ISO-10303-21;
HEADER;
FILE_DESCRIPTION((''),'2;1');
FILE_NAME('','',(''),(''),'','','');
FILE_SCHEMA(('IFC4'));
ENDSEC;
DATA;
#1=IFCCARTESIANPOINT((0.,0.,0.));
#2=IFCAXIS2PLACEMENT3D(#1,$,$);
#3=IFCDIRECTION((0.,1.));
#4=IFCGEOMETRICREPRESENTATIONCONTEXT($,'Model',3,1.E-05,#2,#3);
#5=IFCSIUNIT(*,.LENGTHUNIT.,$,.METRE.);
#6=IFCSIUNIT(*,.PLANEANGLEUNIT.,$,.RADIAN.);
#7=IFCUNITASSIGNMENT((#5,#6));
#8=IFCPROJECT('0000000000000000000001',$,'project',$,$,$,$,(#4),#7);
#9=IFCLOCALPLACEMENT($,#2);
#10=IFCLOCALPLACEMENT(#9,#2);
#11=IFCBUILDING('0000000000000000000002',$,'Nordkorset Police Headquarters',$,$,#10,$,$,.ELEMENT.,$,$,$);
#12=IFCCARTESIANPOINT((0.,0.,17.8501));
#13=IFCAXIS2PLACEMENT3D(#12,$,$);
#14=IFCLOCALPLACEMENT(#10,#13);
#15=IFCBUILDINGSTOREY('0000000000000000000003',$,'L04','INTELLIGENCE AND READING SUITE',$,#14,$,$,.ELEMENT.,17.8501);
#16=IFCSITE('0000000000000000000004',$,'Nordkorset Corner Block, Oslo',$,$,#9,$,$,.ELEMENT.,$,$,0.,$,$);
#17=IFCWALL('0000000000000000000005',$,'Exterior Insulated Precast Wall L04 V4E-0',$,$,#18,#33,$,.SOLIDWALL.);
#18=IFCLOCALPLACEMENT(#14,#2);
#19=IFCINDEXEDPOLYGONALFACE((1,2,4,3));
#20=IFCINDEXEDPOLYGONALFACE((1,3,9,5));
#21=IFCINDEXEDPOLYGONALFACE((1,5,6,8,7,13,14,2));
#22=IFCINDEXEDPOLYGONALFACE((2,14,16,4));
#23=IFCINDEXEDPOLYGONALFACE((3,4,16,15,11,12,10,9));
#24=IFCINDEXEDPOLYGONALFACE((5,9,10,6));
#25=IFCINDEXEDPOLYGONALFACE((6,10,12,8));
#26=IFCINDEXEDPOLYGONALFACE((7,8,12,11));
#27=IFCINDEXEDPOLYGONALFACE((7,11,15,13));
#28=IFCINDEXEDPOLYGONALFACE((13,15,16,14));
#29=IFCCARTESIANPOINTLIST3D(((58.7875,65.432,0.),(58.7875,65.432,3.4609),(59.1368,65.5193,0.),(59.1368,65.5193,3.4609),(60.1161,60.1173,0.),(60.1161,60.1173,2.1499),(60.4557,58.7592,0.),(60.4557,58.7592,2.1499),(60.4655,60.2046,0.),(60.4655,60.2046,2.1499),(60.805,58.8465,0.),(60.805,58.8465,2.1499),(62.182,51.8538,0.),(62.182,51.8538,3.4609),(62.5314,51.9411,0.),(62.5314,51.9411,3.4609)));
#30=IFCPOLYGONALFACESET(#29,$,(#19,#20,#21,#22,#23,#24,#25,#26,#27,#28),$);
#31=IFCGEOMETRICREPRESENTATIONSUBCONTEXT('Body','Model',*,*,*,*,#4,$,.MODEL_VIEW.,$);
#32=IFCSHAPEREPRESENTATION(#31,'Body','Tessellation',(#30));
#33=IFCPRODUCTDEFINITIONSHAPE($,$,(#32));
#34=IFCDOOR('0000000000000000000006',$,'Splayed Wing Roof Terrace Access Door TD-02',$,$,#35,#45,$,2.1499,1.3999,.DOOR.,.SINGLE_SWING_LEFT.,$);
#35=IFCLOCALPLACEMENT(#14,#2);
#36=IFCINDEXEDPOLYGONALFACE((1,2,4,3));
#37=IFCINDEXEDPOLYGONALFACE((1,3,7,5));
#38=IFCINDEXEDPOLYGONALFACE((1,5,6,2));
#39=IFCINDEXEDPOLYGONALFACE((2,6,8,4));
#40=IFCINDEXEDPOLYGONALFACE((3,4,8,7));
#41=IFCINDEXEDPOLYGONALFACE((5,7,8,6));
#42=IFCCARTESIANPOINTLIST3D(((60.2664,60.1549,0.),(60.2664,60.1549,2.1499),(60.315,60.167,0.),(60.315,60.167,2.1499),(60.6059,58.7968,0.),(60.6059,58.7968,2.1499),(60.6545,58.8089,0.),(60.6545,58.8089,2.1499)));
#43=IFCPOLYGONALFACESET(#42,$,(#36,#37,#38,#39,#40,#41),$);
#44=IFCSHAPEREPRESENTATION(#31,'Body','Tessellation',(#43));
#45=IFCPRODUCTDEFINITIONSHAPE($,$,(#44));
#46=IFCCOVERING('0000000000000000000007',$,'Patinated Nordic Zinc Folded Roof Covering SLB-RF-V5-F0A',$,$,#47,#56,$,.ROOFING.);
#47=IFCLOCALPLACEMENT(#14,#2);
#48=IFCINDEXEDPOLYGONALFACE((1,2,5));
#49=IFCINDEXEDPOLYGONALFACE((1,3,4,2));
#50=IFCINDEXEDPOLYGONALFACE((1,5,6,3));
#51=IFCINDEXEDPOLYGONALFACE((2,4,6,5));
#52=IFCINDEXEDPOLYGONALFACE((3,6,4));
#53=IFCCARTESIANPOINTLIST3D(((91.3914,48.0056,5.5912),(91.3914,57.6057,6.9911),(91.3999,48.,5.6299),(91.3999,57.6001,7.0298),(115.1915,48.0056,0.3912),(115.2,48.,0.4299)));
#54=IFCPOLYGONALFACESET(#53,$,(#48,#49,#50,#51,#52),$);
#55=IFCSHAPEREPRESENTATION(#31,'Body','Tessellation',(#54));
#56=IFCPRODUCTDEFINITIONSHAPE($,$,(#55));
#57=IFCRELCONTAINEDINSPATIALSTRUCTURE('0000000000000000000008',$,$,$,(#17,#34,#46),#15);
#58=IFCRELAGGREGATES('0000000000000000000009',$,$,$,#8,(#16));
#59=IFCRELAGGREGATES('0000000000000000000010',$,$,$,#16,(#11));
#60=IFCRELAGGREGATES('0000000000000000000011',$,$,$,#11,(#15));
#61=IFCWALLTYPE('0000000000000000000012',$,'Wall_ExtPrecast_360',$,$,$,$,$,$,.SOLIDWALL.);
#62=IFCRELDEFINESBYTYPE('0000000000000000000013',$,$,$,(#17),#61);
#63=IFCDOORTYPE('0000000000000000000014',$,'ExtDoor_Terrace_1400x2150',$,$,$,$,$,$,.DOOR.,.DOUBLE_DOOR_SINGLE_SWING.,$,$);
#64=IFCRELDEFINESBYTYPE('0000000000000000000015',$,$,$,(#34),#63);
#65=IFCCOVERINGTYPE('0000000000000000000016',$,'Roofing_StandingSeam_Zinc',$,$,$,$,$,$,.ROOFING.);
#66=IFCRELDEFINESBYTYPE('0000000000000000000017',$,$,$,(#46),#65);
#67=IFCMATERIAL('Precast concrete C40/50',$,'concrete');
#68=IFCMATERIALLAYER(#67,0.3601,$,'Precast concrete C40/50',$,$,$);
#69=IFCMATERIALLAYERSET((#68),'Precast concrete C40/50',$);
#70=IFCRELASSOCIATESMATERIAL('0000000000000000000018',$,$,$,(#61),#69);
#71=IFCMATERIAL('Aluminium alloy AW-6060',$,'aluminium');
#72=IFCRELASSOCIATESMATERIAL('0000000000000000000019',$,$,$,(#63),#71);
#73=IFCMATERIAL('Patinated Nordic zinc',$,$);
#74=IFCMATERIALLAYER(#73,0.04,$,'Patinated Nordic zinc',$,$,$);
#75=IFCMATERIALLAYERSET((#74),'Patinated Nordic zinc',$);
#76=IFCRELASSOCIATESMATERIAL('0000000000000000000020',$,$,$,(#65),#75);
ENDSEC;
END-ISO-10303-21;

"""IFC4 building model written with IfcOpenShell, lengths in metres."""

from ifc_helpers import new_model, si_unit, direction, frame, frame_2d, origin, place, context, subcontext, project, spatial, polyline, rectangle, outline, extrude, material, layer, layer_set, type_object, element, fill, save


model = new_model("IFC4")

# Units and contexts
model_context = context("Model", 3, precision=1e-05, world=origin(), true_north=direction((0.0, 1.0)))
body_context = subcontext(model_context, "Body", "Model", "MODEL_VIEW")
ifc_project = project(units=[si_unit("LENGTHUNIT", "METRE"), si_unit("PLANEANGLEUNIT", "RADIAN")], contexts=[model_context])

# Site, building, storey
site_placement = place(None, origin())
site = spatial("IfcSite", under=ifc_project, at=site_placement, Name="Nordkorset Corner Block, Oslo", CompositionType="ELEMENT", RefElevation=0.0)
building_placement = place(site_placement, origin())
building = spatial("IfcBuilding", under=site, at=building_placement, Name="Nordkorset Police Headquarters", CompositionType="ELEMENT")
storey_placement = place(building_placement, frame((0.0, 0.0, 17.8501)))
storey = spatial("IfcBuildingStorey", under=building, at=storey_placement, Name="L04", Description="INTELLIGENCE AND READING SUITE", CompositionType="ELEMENT", Elevation=17.8501)

# Wall, opening, door
ifc_material_1 = material(Name="Precast concrete C40/50", Category="concrete")
ifc_layer_1 = layer(ifc_material_1, 0.3601, Name="Precast concrete C40/50")
ifc_layer_set_1 = layer_set([ifc_layer_1], Name="Precast concrete C40/50")
wall_type = type_object("IfcWallType", Name="Wall_ExtPrecast_360", PredefinedType="SOLIDWALL", material=ifc_layer_set_1)
wall_placement = place(storey_placement, frame((62.3567, 51.8975, 0.0), z_axis=(0.0, 0.0, 1.0), x_axis=(-0.242536, 0.970143, 0.0)))
wall = element("IfcWall", 1, at=wall_placement, inside=storey, type_object=wall_type, Name="Exterior Insulated Precast Wall L04 V4E-0", PredefinedType="SOLIDWALL", context=body_context, shape_type="SweptSolid", body=[
    extrude(rectangle(XDim=13.9961, YDim=0.3601, at=frame_2d((6.998, 0.0))), origin(), (0.0, 0.0, 1.0), 3.4609),
])
opening_placement = place(wall_placement, frame((7.1179, 0.0, 0.0)))
opening = element("IfcOpeningElement", 2, at=opening_placement, cuts=wall, PredefinedType="OPENING", context=body_context, shape_type="SweptSolid", body=[
    extrude(rectangle(XDim=1.3999, YDim=2.1499, at=frame_2d((0.7, 1.075))), frame((0.0, 0.1899, 0.0), z_axis=(0.0, -1.0, 0.0), x_axis=(1.0, 0.0, 0.0)), (0.0, 0.0, 1.0), 0.3801),
])
ifc_material_2 = material(Name="Aluminium alloy AW-6060", Category="aluminium")
door_type = type_object("IfcDoorType", Name="ExtDoor_Terrace_1400x2150", OperationType="DOUBLE_DOOR_SINGLE_SWING", PredefinedType="DOOR", material=ifc_material_2)
door_placement = place(opening_placement, frame((1.3999, 0.0, 0.0), z_axis=(0.0, 0.0, 1.0), x_axis=(-1.0, 0.0, 0.0)))
door = element("IfcDoor", 3, at=door_placement, inside=storey, type_object=door_type, Name="Splayed Wing Roof Terrace Access Door TD-02", OperationType="SINGLE_SWING_LEFT", OverallHeight=2.1499, OverallWidth=1.3999, PredefinedType="DOOR", context=body_context, shape_type="SweptSolid", body=[
    extrude(rectangle(XDim=1.3999, YDim=2.1499, at=frame_2d((0.7, 1.075))), frame((0.0, 0.0249, 0.0), z_axis=(0.0, -1.0, 0.0), x_axis=(1.0, 0.0, 0.0)), (0.0, 0.0, 1.0), 0.05),
])
fill(opening, door)

# Covering
ifc_material_3 = material(Name="Patinated Nordic zinc")
ifc_layer_2 = layer(ifc_material_3, 0.04, Name="Patinated Nordic zinc")
ifc_layer_set_2 = layer_set([ifc_layer_2], Name="Patinated Nordic zinc")
covering_type = type_object("IfcCoveringType", Name="Roofing_StandingSeam_Zinc", PredefinedType="ROOFING", material=ifc_layer_set_2)
covering_placement = place(storey_placement, frame((91.3999, 48.0, 5.6299), z_axis=(0.211316, -0.141037, 0.967189), x_axis=(0.976954, 0.0, -0.21345)))
element("IfcCovering", 4, at=covering_placement, inside=storey, type_object=covering_type, Name="Patinated Nordic Zinc Folded Roof Covering SLB-RF-V5-F0A", PredefinedType="ROOFING", context=body_context, shape_type="SweptSolid", body=[
    extrude(outline(polyline([(0.0, 0.0), (24.3615, 0.0), (-0.2988, 9.697), (0.0, 0.0)])), origin(), (0.0, 0.0, -1.0), 0.04),
])

save(model, "model.ifc")
